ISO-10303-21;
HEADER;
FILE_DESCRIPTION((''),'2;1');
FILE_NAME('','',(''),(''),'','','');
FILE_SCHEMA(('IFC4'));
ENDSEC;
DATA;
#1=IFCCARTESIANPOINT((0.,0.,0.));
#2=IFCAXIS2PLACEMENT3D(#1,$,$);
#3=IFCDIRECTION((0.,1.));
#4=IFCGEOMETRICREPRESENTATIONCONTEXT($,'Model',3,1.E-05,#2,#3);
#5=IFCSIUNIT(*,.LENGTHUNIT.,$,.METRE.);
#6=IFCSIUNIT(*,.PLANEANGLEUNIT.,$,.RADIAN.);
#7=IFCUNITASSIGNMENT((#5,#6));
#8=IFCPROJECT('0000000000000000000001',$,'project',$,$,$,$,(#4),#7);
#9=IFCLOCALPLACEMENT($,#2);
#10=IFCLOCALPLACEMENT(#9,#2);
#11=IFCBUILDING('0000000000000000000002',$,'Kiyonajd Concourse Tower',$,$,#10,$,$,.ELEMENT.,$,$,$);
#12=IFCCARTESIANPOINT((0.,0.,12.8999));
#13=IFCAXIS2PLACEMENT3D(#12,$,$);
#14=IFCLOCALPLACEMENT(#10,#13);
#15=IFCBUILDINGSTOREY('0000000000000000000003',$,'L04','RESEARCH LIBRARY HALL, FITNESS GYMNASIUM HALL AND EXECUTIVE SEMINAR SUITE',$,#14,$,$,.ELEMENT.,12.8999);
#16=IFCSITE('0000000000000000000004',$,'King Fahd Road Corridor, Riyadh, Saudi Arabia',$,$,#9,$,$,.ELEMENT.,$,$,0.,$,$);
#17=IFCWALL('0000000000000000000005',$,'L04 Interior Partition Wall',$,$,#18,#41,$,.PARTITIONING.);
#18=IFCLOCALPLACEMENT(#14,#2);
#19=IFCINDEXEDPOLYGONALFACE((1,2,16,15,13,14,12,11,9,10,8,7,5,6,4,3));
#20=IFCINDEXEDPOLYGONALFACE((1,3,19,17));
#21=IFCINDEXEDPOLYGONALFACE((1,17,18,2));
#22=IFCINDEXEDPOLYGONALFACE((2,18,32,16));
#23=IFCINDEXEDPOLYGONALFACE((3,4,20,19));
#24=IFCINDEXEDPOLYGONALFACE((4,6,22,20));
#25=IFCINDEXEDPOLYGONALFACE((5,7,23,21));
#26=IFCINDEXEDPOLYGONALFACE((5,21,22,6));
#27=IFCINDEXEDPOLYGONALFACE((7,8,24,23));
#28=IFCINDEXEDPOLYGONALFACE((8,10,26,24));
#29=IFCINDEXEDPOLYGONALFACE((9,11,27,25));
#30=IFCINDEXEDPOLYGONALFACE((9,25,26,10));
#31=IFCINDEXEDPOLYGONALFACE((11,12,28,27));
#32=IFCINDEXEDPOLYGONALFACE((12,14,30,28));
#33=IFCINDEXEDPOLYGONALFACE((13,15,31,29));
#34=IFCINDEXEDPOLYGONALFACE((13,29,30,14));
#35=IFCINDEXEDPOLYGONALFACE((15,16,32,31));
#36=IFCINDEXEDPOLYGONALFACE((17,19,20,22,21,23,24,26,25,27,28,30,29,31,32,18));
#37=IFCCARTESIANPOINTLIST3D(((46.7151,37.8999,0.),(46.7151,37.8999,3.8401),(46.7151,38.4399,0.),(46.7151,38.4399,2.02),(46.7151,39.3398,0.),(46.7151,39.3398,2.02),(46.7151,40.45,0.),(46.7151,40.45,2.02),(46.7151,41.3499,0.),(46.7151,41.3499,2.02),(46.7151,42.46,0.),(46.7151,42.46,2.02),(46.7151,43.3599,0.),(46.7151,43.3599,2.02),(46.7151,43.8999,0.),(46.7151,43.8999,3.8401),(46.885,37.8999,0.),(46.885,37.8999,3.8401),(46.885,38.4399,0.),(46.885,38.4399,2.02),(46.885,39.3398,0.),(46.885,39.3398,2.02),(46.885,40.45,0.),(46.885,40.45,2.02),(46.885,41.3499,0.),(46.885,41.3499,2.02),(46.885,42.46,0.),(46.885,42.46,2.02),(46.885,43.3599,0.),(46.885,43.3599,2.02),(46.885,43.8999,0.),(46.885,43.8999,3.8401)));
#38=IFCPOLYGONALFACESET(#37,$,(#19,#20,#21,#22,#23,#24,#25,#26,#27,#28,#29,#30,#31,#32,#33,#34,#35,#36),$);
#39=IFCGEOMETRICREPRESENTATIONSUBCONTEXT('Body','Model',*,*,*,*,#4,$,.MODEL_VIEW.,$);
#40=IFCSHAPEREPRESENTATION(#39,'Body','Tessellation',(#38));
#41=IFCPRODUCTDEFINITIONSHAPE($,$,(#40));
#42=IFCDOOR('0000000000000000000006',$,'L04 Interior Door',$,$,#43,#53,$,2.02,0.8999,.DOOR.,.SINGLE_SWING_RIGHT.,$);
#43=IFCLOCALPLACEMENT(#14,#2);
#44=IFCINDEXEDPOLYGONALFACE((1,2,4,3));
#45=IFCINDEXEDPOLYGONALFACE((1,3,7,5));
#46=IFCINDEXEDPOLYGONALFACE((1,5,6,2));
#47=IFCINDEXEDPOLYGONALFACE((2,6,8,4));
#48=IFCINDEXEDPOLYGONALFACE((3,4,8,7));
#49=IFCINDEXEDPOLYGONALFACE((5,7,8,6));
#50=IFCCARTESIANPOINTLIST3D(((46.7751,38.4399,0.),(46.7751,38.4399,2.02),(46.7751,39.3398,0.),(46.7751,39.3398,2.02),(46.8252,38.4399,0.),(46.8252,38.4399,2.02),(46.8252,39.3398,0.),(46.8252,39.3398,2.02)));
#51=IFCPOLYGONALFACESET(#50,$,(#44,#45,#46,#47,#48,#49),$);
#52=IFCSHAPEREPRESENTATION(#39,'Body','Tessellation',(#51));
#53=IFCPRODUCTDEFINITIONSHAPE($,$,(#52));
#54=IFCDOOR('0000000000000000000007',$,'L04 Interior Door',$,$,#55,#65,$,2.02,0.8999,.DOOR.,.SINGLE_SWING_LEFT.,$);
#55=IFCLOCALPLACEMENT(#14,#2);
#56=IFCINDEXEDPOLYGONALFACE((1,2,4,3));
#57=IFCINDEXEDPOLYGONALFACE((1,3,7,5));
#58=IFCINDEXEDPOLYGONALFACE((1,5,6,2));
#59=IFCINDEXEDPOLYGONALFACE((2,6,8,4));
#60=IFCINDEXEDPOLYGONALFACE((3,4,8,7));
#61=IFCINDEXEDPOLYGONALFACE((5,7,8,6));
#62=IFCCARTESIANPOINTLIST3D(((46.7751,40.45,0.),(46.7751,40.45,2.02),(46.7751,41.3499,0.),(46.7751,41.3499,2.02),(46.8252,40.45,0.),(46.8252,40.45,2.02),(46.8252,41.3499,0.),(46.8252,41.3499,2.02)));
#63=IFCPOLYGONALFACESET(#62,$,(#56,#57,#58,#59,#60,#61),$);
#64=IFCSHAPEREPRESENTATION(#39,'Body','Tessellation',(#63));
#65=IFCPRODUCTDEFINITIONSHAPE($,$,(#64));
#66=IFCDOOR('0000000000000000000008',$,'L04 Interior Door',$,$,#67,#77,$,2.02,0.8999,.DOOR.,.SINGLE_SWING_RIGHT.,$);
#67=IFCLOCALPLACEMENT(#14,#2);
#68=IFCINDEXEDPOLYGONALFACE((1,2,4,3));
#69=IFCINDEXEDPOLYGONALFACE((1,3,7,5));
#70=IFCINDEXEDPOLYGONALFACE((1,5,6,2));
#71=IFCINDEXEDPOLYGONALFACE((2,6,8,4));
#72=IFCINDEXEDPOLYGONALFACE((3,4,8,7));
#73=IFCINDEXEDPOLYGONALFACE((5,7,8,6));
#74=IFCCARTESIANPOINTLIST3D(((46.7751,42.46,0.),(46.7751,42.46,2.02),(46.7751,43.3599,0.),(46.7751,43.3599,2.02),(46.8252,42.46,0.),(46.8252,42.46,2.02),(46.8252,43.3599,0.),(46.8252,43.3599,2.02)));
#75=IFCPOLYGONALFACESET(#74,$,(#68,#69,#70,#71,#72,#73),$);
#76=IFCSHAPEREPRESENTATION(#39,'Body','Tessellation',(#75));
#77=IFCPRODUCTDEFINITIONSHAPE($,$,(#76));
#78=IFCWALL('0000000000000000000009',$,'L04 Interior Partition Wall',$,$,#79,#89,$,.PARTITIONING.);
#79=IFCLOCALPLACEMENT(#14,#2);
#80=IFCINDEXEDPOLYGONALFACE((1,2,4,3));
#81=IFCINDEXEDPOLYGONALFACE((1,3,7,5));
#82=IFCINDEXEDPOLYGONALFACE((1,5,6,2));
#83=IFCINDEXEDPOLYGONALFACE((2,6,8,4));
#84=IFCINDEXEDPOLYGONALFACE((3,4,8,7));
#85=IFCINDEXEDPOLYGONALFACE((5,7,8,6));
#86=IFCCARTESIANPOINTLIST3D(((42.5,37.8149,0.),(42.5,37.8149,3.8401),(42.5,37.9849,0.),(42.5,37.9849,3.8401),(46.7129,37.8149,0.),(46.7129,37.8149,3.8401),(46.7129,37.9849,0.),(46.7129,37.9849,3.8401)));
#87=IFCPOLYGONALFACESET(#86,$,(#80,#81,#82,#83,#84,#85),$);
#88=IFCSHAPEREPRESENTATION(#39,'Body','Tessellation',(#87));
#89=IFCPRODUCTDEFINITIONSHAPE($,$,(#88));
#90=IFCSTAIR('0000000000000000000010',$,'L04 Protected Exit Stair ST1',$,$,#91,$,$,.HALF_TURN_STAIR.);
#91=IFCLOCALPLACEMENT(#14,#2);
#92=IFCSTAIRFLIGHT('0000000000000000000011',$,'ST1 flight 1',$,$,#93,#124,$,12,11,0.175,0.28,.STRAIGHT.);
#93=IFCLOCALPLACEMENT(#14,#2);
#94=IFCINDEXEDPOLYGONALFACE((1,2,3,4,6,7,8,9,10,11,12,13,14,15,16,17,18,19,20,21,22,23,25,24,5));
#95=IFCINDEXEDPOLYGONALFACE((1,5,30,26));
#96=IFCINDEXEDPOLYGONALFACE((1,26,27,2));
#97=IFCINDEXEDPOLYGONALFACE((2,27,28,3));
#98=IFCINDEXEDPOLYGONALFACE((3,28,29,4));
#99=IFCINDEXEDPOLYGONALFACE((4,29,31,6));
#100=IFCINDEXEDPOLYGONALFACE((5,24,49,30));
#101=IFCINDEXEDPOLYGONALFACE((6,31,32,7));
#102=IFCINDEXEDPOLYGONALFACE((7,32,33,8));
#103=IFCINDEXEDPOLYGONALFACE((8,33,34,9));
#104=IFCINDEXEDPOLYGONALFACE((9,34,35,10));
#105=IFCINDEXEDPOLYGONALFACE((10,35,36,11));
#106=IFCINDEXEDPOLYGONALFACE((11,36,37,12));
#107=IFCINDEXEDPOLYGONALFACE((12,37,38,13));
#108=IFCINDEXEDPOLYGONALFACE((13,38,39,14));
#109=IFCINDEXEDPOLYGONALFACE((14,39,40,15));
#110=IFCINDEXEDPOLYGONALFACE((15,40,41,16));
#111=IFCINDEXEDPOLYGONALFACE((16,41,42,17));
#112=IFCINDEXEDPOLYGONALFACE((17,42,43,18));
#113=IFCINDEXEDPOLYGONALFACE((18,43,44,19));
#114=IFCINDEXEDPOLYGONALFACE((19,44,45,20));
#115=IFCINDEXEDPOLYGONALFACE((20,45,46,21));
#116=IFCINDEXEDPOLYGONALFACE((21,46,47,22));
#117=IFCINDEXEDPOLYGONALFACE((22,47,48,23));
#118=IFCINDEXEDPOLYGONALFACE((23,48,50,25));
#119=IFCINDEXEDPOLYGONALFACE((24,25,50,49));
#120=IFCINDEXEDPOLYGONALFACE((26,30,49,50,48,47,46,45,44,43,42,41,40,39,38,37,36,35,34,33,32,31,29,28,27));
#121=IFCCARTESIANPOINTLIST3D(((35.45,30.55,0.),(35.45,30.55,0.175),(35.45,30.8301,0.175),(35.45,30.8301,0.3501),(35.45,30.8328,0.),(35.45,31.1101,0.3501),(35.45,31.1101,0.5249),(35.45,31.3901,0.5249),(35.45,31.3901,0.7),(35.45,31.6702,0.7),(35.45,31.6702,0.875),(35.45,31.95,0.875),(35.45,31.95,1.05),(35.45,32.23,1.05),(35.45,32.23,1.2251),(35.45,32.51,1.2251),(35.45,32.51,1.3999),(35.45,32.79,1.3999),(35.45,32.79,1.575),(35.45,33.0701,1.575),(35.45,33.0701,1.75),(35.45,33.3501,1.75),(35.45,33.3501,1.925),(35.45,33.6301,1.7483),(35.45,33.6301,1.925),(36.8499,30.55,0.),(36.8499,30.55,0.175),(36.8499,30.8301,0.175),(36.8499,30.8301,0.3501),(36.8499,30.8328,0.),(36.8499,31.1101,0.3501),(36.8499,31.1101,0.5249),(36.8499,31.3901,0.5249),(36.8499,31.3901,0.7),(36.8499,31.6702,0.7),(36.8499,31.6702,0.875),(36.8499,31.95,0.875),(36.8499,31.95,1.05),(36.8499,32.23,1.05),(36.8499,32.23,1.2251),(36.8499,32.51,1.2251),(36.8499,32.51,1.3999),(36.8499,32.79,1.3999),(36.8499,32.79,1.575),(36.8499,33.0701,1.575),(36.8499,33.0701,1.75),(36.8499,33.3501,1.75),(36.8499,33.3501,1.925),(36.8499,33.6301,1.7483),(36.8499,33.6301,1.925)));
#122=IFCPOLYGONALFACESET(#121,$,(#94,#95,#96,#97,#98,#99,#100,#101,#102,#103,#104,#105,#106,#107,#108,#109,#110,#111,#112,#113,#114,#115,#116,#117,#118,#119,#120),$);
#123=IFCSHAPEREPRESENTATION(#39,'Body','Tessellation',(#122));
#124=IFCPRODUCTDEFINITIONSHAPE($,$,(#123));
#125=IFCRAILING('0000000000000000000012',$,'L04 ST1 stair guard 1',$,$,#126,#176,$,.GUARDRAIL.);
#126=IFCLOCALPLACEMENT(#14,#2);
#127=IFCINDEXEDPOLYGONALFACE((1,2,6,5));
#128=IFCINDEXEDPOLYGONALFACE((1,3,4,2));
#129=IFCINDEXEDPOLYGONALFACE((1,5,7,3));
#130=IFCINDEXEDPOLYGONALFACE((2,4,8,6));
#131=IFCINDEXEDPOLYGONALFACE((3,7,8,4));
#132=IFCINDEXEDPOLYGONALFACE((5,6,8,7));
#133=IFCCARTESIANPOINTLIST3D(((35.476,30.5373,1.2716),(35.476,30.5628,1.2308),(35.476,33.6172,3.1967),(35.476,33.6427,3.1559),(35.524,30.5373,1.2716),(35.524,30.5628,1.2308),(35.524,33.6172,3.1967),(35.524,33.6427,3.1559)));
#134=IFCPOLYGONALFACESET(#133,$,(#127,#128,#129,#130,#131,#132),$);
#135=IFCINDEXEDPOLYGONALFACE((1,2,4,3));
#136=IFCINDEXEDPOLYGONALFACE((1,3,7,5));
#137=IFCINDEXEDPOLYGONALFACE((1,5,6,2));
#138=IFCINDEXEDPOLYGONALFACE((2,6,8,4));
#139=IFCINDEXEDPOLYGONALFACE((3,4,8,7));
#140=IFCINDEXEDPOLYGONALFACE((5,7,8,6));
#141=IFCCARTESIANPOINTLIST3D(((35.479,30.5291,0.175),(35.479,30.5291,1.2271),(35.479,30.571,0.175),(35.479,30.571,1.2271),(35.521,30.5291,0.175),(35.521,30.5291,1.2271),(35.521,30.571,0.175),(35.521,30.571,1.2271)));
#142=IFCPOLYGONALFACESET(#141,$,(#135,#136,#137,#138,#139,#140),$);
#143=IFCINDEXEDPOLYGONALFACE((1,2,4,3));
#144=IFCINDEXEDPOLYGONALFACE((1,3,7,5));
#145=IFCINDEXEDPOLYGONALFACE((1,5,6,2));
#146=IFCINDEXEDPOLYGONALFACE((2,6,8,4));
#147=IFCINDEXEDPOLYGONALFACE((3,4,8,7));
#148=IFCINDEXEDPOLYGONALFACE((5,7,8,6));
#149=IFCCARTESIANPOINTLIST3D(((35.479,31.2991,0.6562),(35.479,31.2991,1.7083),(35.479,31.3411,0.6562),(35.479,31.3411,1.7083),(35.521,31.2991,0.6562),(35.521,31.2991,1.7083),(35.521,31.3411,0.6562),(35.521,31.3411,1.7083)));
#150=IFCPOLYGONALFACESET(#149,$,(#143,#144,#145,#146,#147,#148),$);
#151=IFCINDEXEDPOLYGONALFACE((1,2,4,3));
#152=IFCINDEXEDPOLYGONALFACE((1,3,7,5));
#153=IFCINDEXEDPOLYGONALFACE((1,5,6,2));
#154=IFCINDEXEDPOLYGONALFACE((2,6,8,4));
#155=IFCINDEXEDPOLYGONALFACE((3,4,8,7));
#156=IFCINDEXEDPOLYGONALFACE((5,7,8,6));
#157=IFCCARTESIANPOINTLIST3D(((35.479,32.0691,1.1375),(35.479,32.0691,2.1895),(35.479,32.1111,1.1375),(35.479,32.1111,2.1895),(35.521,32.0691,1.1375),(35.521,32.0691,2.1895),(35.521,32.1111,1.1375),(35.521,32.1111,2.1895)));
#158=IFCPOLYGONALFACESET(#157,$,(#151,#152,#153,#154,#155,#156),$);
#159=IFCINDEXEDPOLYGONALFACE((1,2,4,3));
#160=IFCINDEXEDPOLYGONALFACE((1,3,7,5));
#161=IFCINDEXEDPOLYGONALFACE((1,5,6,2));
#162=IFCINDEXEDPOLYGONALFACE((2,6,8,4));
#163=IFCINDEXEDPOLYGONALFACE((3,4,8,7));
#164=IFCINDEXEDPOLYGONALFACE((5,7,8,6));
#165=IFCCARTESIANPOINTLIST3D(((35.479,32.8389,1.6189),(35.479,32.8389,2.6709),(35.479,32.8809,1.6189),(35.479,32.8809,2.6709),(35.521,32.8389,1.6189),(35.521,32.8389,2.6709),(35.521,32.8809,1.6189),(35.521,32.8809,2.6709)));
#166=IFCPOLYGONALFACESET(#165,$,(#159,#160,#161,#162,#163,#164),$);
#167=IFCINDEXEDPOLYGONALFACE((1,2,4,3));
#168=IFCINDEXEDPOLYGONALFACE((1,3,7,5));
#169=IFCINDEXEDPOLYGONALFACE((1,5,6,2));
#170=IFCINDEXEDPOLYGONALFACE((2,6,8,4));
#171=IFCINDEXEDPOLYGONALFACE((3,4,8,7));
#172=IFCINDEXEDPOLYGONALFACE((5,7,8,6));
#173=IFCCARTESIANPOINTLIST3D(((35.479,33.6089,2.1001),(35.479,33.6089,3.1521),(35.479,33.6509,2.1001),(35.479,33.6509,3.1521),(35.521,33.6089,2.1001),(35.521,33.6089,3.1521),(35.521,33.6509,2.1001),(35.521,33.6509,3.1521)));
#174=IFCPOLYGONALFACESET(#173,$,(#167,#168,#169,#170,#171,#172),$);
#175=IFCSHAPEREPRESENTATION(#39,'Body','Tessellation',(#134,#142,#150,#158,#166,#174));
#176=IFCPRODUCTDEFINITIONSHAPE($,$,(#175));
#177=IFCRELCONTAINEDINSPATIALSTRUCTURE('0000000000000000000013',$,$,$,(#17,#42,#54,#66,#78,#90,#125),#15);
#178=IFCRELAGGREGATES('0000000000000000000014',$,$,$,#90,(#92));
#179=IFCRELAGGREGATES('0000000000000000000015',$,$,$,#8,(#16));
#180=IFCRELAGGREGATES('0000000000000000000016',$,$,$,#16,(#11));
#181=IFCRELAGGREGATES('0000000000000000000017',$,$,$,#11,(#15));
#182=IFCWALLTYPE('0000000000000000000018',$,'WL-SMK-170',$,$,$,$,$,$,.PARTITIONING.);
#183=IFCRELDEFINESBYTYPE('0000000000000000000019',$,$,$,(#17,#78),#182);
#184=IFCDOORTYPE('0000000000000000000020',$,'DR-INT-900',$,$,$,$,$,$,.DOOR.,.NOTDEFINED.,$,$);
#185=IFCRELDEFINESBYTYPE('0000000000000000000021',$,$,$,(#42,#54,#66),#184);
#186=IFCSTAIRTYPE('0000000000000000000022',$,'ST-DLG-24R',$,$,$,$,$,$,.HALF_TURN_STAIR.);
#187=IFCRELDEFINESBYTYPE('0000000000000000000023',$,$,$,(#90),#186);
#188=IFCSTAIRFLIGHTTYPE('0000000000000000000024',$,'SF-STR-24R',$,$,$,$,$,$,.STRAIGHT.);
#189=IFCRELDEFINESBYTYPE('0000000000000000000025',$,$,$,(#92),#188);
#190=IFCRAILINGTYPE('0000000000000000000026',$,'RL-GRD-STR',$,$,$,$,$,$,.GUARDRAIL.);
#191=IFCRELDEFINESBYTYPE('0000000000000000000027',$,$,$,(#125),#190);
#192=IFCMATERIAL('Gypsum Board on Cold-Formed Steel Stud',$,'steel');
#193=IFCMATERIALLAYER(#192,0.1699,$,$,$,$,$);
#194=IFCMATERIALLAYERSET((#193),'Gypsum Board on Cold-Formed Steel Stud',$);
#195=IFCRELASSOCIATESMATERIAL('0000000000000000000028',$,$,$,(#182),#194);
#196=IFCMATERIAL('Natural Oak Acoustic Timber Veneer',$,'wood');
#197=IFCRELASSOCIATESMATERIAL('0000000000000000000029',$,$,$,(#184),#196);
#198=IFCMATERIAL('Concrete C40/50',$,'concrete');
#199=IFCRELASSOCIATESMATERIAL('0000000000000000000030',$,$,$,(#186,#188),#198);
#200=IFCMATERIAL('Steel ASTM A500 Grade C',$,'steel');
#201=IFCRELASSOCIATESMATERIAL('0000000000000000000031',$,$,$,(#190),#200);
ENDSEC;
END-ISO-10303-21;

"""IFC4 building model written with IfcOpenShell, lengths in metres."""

from ifc_helpers import new_model, si_unit, direction, frame, frame_2d, origin, origin_2d, place, context, subcontext, project, spatial, polyline, rectangle, outline, extrude, material, layer, layer_set, type_object, element, fill, aggregate, save


model = new_model("IFC4")

# Units and contexts
model_context = context("Model", 3, precision=1e-05, world=origin(), true_north=direction((0.0, 1.0)))
body_context = subcontext(model_context, "Body", "Model", "MODEL_VIEW")
ifc_project = project(units=[si_unit("LENGTHUNIT", "METRE"), si_unit("PLANEANGLEUNIT", "RADIAN")], contexts=[model_context])

# Site, building, storey
site_placement = place(None, origin())
site = spatial("IfcSite", under=ifc_project, at=site_placement, Name="King Fahd Road Corridor, Riyadh, Saudi Arabia", CompositionType="ELEMENT", RefElevation=0.0)
building_placement = place(site_placement, origin())
building = spatial("IfcBuilding", under=site, at=building_placement, Name="Kiyonajd Concourse Tower", CompositionType="ELEMENT")
storey_placement = place(building_placement, frame((0.0, 0.0, 12.8999)))
storey = spatial("IfcBuildingStorey", under=building, at=storey_placement, Name="L04", Description="RESEARCH LIBRARY HALL, FITNESS GYMNASIUM HALL AND EXECUTIVE SEMINAR SUITE", CompositionType="ELEMENT", Elevation=12.8999)

# Shared definitions
ifc_material_1 = material(Name="Gypsum Board on Cold-Formed Steel Stud", Category="steel")

# Shared definitions
ifc_layer_1 = layer(ifc_material_1, 0.1699)
ifc_layer_set_1 = layer_set([ifc_layer_1], Name="Gypsum Board on Cold-Formed Steel Stud")
wall_type_1 = type_object("IfcWallType", Name="WL-SMK-170", PredefinedType="PARTITIONING", material=ifc_layer_set_1)
ifc_material_2 = material(Name="Natural Oak Acoustic Timber Veneer", Category="wood")
door_type_1 = type_object("IfcDoorType", Name="DR-INT-900", OperationType="NOTDEFINED", PredefinedType="DOOR", material=ifc_material_2)

# Wall, openings, doors
wall_1_placement = place(storey_placement, frame((46.8, 37.8999, 0.0), z_axis=(0.0, 0.0, 1.0), x_axis=(0.0, 1.0, 0.0)))
wall_1 = element("IfcWall", 1, at=wall_1_placement, inside=storey, type_object=wall_type_1, Name="L04 Interior Partition Wall", PredefinedType="PARTITIONING", context=body_context, shape_type="SweptSolid", body=[
    extrude(rectangle(XDim=6.0, YDim=0.1699, at=frame_2d((3.0, 0.0))), origin(), (0.0, 0.0, 1.0), 3.8401),
])
opening_1_placement = place(wall_1_placement, frame((0.54, 0.0, 0.0)))
opening_1 = element("IfcOpeningElement", 2, at=opening_1_placement, cuts=wall_1, PredefinedType="OPENING", context=body_context, shape_type="SweptSolid", body=[
    extrude(rectangle(XDim=0.8999, YDim=2.02, at=frame_2d((0.45, 1.01))), frame((0.0, 0.095, 0.0), z_axis=(0.0, -1.0, 0.0), x_axis=(1.0, 0.0, 0.0)), (0.0, 0.0, 1.0), 0.1899),
])
opening_2_placement = place(wall_1_placement, frame((2.55, 0.0, 0.0)))
opening_2 = element("IfcOpeningElement", 3, at=opening_2_placement, cuts=wall_1, PredefinedType="OPENING", context=body_context, shape_type="SweptSolid", body=[
    extrude(rectangle(XDim=0.8999, YDim=2.02, at=frame_2d((0.45, 1.01))), frame((0.0, 0.095, 0.0), z_axis=(0.0, -1.0, 0.0), x_axis=(1.0, 0.0, 0.0)), (0.0, 0.0, 1.0), 0.1899),
])
opening_3_placement = place(wall_1_placement, frame((4.5601, 0.0, 0.0)))
opening_3 = element("IfcOpeningElement", 4, at=opening_3_placement, cuts=wall_1, PredefinedType="OPENING", context=body_context, shape_type="SweptSolid", body=[
    extrude(rectangle(XDim=0.8999, YDim=2.02, at=frame_2d((0.45, 1.01))), frame((0.0, 0.095, 0.0), z_axis=(0.0, -1.0, 0.0), x_axis=(1.0, 0.0, 0.0)), (0.0, 0.0, 1.0), 0.1899),
])
door_1_placement = place(opening_1_placement, origin())
door_1 = element("IfcDoor", 5, at=door_1_placement, inside=storey, type_object=door_type_1, Name="L04 Interior Door", OperationType="SINGLE_SWING_RIGHT", OverallHeight=2.02, OverallWidth=0.8999, PredefinedType="DOOR", context=body_context, shape_type="SweptSolid", body=[
    extrude(rectangle(XDim=0.8999, YDim=2.02, at=frame_2d((0.45, 1.01))), frame((0.0, 0.0249, 0.0), z_axis=(0.0, -1.0, 0.0), x_axis=(1.0, 0.0, 0.0)), (0.0, 0.0, 1.0), 0.05),
])
fill(opening_1, door_1)
door_2_placement = place(opening_2_placement, origin())
door_2 = element("IfcDoor", 6, at=door_2_placement, inside=storey, type_object=door_type_1, Name="L04 Interior Door", OperationType="SINGLE_SWING_LEFT", OverallHeight=2.02, OverallWidth=0.8999, PredefinedType="DOOR", context=body_context, shape_type="SweptSolid", body=[
    extrude(rectangle(XDim=0.8999, YDim=2.02, at=frame_2d((0.45, 1.01))), frame((0.0, 0.0249, 0.0), z_axis=(0.0, -1.0, 0.0), x_axis=(1.0, 0.0, 0.0)), (0.0, 0.0, 1.0), 0.05),
])
fill(opening_2, door_2)
door_3_placement = place(opening_3_placement, origin())
door_3 = element("IfcDoor", 7, at=door_3_placement, inside=storey, type_object=door_type_1, Name="L04 Interior Door", OperationType="SINGLE_SWING_RIGHT", OverallHeight=2.02, OverallWidth=0.8999, PredefinedType="DOOR", context=body_context, shape_type="SweptSolid", body=[
    extrude(rectangle(XDim=0.8999, YDim=2.02, at=frame_2d((0.45, 1.01))), frame((0.0, 0.0249, 0.0), z_axis=(0.0, -1.0, 0.0), x_axis=(1.0, 0.0, 0.0)), (0.0, 0.0, 1.0), 0.05),
])
fill(opening_3, door_3)

# Wall
wall_2_placement = place(storey_placement, frame((42.5, 37.8999, 0.0), z_axis=(0.0, 0.0, 1.0), x_axis=(1.0, 0.0, 0.0)))
element("IfcWall", 8, at=wall_2_placement, inside=storey, type_object=wall_type_1, Name="L04 Interior Partition Wall", PredefinedType="PARTITIONING", context=body_context, shape_type="SweptSolid", body=[
    extrude(rectangle(XDim=4.2129, YDim=0.1699, at=frame_2d((2.1064, 0.0))), origin(), (0.0, 0.0, 1.0), 3.8401),
])

# Stair, stair flight
ifc_material_3 = material(Name="Concrete C40/50", Category="concrete")
stair_type = type_object("IfcStairType", Name="ST-DLG-24R", PredefinedType="HALF_TURN_STAIR", material=ifc_material_3)
stair_placement = place(storey_placement, origin())
stair = element("IfcStair", 9, at=stair_placement, inside=storey, type_object=stair_type, Name="L04 Protected Exit Stair ST1", PredefinedType="HALF_TURN_STAIR")
stair_flight_type = type_object("IfcStairFlightType", Name="SF-STR-24R", PredefinedType="STRAIGHT", material=ifc_material_3)
stair_flight_placement = place(storey_placement, frame((36.1499, 30.55, 0.0), z_axis=(0.0, 0.0, 1.0), x_axis=(0.0, 1.0, 0.0)))
stair_flight = element("IfcStairFlight", 10, at=stair_flight_placement, type_object=stair_flight_type, Name="ST1 flight 1", NumberOfRisers=12, NumberOfTreads=11, PredefinedType="STRAIGHT", RiserHeight=0.175, TreadLength=0.28, context=body_context, shape_type="SweptSolid", body=[
    extrude(outline(polyline([(0.0, 0.0), (0.0, 0.175), (0.28, 0.175), (0.28, 0.3501), (0.5601, 0.3501), (0.5601, 0.5249), (0.8401, 0.5249), (0.8401, 0.7), (1.1201, 0.7), (1.1201, 0.875), (1.3999, 0.875), (1.3999, 1.05), (1.6799, 1.05), (1.6799, 1.2251), (1.96, 1.2251), (1.96, 1.3999), (2.24, 1.3999), (2.24, 1.575), (2.52, 1.575), (2.52, 1.75), (2.8, 1.75), (2.8, 1.925), (3.0801, 1.925), (3.0801, 2.1001), (3.0801, 1.7483), (0.2827, 0.0), (0.0, 0.0)])), frame((0.0, 0.7, 0.0), z_axis=(0.0, -1.0, 0.0), x_axis=(1.0, 0.0, 0.0)), (0.0, 0.0, 1.0), 1.3999),
])
aggregate(stair, [stair_flight])

# Railing
ifc_material_4 = material(Name="Steel ASTM A500 Grade C", Category="steel")
railing_type_1 = type_object("IfcRailingType", Name="RL-GRD-STR", PredefinedType="GUARDRAIL", material=ifc_material_4)
railing_1_placement = place(storey_placement, frame((35.5, 30.55, 0.175)))
element("IfcRailing", 11, at=railing_1_placement, inside=storey, type_object=railing_type_1, Name="L04 ST1 stair guard 1", PredefinedType="GUARDRAIL", context=body_context, shape_type="SweptSolid", body=[
    extrude(rectangle(XDim=0.0481, YDim=0.0481, at=origin_2d()), frame((0.0, 0.0, 1.0762), z_axis=(0.0, 0.847979, 0.530029), x_axis=(-1.0, 0.0, 0.0)), (0.0, 0.0, 1.0), 3.6321),
    extrude(rectangle(XDim=0.042, YDim=0.042, at=origin_2d()), origin(), (0.0, 0.0, 1.0), 1.052),
    extrude(rectangle(XDim=0.042, YDim=0.042, at=origin_2d()), frame((0.0, 0.77, 0.4812)), (0.0, 0.0, 1.0), 1.052),
    extrude(rectangle(XDim=0.042, YDim=0.042, at=origin_2d()), frame((0.0, 1.54, 0.9624)), (0.0, 0.0, 1.0), 1.052),
    extrude(rectangle(XDim=0.042, YDim=0.042, at=origin_2d()), frame((0.0, 2.3098, 1.4438)), (0.0, 0.0, 1.0), 1.052),
    extrude(rectangle(XDim=0.042, YDim=0.042, at=origin_2d()), frame((0.0, 3.0798, 1.925)), (0.0, 0.0, 1.0), 1.052),
])

save(model, "model.ifc")
